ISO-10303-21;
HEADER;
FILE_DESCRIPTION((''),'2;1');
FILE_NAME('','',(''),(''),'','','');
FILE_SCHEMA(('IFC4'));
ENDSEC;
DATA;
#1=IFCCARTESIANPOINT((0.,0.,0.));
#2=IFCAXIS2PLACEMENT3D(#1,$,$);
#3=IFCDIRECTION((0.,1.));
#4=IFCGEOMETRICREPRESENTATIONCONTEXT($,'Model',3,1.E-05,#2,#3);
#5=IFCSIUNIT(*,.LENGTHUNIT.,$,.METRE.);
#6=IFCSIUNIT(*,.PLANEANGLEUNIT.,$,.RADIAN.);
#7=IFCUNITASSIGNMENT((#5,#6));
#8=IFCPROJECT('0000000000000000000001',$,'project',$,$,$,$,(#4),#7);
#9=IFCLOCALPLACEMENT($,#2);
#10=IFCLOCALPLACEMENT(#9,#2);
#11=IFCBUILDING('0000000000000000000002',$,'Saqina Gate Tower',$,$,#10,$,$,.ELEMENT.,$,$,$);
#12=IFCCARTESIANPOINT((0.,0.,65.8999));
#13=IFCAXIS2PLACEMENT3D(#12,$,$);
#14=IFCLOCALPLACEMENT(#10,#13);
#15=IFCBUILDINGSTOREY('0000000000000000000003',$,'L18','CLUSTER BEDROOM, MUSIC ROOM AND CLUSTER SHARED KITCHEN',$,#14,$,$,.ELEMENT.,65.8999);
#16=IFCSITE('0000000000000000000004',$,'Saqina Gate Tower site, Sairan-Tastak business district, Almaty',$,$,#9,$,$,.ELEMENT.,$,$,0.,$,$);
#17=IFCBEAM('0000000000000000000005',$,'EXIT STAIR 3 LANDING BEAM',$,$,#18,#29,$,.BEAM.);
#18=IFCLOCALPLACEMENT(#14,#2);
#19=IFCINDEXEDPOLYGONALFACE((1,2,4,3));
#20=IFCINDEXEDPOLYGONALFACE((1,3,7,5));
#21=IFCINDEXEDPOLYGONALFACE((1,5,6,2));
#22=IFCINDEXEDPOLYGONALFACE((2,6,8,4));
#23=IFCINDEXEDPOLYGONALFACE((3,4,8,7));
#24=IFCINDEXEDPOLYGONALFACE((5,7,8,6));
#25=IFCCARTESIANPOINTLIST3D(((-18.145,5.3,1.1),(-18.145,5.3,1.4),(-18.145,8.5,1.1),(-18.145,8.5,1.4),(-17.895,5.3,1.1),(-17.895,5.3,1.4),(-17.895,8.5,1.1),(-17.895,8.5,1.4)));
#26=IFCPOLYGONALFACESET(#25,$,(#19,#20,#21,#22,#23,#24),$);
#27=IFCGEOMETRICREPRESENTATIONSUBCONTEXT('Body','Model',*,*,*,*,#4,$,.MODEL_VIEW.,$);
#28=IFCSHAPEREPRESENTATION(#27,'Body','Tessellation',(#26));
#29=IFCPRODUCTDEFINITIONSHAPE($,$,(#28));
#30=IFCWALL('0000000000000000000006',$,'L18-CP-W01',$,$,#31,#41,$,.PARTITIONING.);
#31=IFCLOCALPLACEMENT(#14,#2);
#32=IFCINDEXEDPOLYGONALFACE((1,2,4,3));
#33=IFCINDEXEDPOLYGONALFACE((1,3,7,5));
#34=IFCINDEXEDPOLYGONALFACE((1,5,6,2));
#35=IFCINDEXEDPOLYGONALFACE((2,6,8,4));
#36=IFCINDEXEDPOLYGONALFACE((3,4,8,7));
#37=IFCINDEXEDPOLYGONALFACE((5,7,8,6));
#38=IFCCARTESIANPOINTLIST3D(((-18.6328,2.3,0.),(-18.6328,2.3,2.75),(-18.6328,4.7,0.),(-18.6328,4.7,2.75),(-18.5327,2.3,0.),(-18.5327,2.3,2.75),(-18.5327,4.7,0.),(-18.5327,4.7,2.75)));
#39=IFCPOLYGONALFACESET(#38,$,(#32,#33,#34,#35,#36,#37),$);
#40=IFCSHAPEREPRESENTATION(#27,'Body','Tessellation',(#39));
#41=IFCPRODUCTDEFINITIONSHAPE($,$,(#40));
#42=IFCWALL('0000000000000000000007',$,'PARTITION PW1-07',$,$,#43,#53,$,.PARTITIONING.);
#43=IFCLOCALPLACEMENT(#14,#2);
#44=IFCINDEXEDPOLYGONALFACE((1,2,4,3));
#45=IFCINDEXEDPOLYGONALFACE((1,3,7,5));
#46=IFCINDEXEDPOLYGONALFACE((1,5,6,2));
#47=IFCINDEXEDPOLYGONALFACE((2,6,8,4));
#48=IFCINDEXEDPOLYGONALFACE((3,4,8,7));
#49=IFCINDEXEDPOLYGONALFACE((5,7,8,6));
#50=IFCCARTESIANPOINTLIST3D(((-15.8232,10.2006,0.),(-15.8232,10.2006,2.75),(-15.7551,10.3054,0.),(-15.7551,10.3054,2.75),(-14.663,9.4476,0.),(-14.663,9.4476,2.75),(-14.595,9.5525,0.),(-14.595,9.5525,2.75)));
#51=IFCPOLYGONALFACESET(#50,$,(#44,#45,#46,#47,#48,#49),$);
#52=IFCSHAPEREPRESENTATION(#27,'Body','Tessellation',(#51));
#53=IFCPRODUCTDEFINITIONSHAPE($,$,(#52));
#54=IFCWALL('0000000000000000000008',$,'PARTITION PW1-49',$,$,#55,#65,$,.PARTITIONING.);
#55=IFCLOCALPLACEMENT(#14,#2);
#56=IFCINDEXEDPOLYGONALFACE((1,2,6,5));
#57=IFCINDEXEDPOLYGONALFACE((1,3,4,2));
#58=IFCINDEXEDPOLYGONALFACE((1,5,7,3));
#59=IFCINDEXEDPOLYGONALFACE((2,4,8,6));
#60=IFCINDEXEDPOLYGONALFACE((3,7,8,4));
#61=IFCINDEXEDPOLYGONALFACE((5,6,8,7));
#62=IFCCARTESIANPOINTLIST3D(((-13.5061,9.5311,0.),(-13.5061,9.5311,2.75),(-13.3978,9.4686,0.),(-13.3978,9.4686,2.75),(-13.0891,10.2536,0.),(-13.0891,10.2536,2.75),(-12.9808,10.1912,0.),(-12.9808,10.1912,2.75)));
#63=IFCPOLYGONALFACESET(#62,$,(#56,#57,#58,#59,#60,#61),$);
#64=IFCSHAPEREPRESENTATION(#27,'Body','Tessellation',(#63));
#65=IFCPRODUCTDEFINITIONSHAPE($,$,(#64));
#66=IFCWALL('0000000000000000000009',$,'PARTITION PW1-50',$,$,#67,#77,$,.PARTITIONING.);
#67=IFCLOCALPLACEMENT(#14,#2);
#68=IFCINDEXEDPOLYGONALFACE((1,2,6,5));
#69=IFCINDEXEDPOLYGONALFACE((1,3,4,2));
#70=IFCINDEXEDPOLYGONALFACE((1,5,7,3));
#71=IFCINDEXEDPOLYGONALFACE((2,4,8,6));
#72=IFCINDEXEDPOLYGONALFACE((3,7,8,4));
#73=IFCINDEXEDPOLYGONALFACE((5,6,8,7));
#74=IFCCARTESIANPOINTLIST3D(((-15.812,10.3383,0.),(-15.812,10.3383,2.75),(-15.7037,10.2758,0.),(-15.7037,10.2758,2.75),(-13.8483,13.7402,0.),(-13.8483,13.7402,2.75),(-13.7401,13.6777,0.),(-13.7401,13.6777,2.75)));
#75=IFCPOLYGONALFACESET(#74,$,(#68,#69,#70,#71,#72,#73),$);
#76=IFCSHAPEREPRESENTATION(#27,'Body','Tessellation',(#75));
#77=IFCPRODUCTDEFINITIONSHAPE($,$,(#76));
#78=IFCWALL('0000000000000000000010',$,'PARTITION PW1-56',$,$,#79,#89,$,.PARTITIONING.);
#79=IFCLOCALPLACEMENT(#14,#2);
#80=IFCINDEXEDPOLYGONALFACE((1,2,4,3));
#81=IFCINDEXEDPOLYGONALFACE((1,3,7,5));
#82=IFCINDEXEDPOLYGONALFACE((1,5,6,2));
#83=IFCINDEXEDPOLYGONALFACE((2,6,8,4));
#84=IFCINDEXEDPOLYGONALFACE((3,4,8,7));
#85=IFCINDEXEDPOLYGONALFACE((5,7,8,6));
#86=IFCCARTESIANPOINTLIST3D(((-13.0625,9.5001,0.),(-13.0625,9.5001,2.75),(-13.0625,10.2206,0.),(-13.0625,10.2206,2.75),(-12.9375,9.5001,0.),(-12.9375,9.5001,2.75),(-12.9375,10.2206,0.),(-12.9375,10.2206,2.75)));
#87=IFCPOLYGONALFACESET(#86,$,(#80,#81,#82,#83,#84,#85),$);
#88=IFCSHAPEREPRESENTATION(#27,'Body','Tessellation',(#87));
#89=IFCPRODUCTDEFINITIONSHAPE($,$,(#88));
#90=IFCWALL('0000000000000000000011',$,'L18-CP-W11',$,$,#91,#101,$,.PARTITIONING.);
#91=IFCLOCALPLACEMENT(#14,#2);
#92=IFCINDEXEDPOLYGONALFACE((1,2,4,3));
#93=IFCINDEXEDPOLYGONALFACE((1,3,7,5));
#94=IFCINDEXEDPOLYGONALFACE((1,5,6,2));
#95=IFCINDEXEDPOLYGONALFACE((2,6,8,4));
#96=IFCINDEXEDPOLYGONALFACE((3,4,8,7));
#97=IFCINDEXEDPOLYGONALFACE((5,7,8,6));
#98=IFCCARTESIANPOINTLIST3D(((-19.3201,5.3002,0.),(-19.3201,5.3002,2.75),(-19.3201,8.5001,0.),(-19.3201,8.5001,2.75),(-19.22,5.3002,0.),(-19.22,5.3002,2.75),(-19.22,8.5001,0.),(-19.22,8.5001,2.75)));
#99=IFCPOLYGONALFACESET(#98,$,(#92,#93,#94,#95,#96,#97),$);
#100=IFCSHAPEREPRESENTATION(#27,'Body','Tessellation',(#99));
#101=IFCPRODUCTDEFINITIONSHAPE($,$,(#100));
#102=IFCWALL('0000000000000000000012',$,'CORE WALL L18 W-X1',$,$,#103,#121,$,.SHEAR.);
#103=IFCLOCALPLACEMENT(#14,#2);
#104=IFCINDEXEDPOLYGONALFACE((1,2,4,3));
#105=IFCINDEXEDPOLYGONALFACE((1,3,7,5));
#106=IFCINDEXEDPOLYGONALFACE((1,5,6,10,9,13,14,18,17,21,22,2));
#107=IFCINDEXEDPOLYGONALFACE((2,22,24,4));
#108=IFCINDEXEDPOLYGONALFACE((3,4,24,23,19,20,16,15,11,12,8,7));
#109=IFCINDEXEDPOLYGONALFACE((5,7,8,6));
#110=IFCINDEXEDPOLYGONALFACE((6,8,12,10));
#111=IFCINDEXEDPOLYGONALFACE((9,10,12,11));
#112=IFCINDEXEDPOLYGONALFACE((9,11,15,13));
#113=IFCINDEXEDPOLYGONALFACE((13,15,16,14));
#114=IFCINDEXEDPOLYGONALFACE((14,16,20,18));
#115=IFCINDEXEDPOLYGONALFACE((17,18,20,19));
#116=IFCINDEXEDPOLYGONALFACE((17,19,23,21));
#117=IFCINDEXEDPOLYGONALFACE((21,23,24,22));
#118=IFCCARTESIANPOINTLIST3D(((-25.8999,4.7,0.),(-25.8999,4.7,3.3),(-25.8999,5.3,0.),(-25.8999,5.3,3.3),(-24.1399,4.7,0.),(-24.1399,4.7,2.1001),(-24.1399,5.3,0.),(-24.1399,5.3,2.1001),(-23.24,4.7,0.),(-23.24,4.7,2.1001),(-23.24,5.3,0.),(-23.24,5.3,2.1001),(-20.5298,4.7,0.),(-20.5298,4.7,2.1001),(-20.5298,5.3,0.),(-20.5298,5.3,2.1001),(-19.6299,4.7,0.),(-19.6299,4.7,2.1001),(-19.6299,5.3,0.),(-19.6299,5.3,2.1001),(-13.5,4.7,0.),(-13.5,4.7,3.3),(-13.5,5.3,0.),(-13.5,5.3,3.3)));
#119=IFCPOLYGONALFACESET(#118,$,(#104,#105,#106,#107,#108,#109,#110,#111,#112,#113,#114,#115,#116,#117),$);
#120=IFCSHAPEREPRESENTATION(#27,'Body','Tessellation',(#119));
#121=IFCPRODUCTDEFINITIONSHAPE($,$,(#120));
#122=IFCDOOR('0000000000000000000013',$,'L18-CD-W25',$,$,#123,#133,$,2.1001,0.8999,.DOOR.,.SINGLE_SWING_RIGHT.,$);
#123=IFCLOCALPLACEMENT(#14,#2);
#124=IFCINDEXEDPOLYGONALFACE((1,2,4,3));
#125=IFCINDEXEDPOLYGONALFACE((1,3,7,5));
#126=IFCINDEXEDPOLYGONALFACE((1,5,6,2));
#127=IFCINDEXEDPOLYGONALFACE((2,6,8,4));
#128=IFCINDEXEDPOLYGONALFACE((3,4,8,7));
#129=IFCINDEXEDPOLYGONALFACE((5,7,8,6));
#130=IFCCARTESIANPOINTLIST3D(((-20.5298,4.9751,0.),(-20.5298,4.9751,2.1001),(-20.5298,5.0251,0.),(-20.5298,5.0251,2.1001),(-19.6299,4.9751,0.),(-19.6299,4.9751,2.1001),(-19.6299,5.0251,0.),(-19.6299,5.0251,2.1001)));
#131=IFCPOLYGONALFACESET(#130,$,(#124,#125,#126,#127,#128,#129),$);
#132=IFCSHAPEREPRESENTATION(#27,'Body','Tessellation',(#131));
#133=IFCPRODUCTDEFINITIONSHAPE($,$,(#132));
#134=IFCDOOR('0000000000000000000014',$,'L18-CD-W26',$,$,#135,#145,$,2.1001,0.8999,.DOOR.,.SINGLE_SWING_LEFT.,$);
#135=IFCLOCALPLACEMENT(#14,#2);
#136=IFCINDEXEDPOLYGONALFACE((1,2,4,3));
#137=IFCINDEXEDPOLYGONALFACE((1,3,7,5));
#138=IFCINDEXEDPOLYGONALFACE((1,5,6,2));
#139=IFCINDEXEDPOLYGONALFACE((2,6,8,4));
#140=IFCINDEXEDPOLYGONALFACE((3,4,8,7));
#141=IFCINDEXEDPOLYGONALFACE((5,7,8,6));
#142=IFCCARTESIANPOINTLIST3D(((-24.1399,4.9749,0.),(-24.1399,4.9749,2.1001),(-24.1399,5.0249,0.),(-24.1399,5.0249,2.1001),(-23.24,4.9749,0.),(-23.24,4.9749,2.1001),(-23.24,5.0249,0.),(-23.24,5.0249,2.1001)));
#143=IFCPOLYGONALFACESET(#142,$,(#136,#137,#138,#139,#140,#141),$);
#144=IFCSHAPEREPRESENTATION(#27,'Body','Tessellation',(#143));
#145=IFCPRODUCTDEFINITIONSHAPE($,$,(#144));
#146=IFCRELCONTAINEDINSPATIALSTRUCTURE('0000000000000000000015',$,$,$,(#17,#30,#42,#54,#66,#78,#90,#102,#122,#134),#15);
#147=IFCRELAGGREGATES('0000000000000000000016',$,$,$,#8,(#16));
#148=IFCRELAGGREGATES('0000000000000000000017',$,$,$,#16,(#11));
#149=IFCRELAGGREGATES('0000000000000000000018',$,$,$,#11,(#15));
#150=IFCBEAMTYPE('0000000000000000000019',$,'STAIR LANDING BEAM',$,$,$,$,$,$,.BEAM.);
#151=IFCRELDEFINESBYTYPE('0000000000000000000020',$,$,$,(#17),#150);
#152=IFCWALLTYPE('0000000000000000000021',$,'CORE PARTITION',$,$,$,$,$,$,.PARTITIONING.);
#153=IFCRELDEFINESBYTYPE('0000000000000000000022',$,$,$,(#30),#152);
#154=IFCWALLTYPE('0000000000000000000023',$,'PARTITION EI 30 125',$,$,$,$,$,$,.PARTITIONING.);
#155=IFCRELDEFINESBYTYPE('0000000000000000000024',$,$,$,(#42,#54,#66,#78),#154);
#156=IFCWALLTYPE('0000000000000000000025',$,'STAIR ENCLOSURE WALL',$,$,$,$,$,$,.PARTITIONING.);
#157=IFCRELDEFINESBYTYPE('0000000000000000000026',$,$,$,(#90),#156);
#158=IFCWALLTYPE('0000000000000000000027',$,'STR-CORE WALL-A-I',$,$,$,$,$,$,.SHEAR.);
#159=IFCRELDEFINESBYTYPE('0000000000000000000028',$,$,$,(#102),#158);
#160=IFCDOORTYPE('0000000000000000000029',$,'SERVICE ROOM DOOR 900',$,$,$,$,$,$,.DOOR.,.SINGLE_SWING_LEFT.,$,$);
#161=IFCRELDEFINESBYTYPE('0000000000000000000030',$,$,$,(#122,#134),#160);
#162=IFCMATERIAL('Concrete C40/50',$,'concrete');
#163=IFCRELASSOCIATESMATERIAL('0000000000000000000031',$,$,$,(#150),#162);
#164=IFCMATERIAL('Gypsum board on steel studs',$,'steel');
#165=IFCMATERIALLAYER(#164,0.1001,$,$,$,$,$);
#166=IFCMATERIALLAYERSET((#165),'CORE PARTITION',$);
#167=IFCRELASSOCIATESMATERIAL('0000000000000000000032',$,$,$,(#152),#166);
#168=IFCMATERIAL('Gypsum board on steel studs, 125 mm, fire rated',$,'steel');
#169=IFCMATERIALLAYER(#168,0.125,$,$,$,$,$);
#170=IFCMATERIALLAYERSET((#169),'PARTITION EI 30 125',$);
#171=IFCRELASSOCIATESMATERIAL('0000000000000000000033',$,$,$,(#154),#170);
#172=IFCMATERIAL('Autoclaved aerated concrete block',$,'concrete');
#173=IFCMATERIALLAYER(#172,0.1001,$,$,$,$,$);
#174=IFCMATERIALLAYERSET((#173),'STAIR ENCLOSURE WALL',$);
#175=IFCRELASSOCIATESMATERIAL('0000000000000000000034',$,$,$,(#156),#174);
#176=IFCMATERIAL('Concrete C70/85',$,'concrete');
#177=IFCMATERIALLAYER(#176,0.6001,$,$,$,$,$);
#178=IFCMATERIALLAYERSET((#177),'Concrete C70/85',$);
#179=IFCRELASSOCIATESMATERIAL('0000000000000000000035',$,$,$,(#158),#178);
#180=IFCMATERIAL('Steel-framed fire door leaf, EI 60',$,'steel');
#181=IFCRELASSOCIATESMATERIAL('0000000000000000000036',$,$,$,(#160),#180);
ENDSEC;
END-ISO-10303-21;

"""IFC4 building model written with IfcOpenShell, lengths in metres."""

from ifc_helpers import new_model, si_unit, direction, frame, frame_2d, origin, origin_2d, place, context, subcontext, project, spatial, rectangle, extrude, material, layer, layer_set, material_profile, profile_set, type_object, element, fill, save


model = new_model("IFC4")

# Units and contexts
model_context = context("Model", 3, precision=1e-05, world=origin(), true_north=direction((0.0, 1.0)))
body_context = subcontext(model_context, "Body", "Model", "MODEL_VIEW")
ifc_project = project(units=[si_unit("LENGTHUNIT", "METRE"), si_unit("PLANEANGLEUNIT", "RADIAN")], contexts=[model_context])

# Site, building, storey
site_placement = place(None, origin())
site = spatial("IfcSite", under=ifc_project, at=site_placement, Name="Saqina Gate Tower site, Sairan-Tastak business district, Almaty", CompositionType="ELEMENT", RefElevation=0.0)
building_placement = place(site_placement, origin())
building = spatial("IfcBuilding", under=site, at=building_placement, Name="Saqina Gate Tower", CompositionType="ELEMENT")
storey_placement = place(building_placement, frame((0.0, 0.0, 65.8999)))
storey = spatial("IfcBuildingStorey", under=building, at=storey_placement, Name="L18", Description="CLUSTER BEDROOM, MUSIC ROOM AND CLUSTER SHARED KITCHEN", CompositionType="ELEMENT", Elevation=65.8999)

# Beam
ifc_material_1 = material(Name="Concrete C40/50", Category="concrete")
ifc_material_profile = material_profile(ifc_material_1, rectangle(XDim=0.25, YDim=0.3, at=origin_2d()), Name="STAIR LANDING BEAM")
ifc_profile_set = profile_set([ifc_material_profile], Name="Concrete C40/50")
beam_type = type_object("IfcBeamType", Name="STAIR LANDING BEAM", PredefinedType="BEAM", material=ifc_profile_set)
beam_placement = place(storey_placement, frame((-18.02, 5.3, 1.25), z_axis=(0.0, 1.0, 0.0), x_axis=(-1.0, 0.0, 0.0)))
element("IfcBeam", 1, at=beam_placement, inside=storey, type_object=beam_type, Name="EXIT STAIR 3 LANDING BEAM", PredefinedType="BEAM", context=body_context, shape_type="SweptSolid", body=[
    extrude(rectangle(XDim=0.25, YDim=0.3, at=origin_2d()), origin(), (0.0, 0.0, 1.0), 3.2),
])

# Walls
ifc_material_2 = material(Name="Gypsum board on steel studs", Category="steel")
ifc_layer_1 = layer(ifc_material_2, 0.1001)
ifc_layer_set_1 = layer_set([ifc_layer_1], Name="CORE PARTITION")
wall_type_1 = type_object("IfcWallType", Name="CORE PARTITION", PredefinedType="PARTITIONING", material=ifc_layer_set_1)
wall_1_placement = place(storey_placement, frame((-18.5828, 2.3, 0.0), z_axis=(0.0, 0.0, 1.0), x_axis=(0.0, 1.0, 0.0)))
element("IfcWall", 2, at=wall_1_placement, inside=storey, type_object=wall_type_1, Name="L18-CP-W01", PredefinedType="PARTITIONING", context=body_context, shape_type="SweptSolid", body=[
    extrude(rectangle(XDim=2.3999, YDim=0.1001, at=frame_2d((1.2, 0.0))), origin(), (0.0, 0.0, 1.0), 2.75),
])
ifc_material_3 = material(Name="Gypsum board on steel studs, 125 mm, fire rated", Category="steel")
ifc_layer_2 = layer(ifc_material_3, 0.125)
ifc_layer_set_2 = layer_set([ifc_layer_2], Name="PARTITION EI 30 125")
wall_type_2 = type_object("IfcWallType", Name="PARTITION EI 30 125", PredefinedType="PARTITIONING", material=ifc_layer_set_2)
wall_2_placement = place(storey_placement, frame((-15.7891, 10.2529, 0.0), z_axis=(0.0, 0.0, 1.0), x_axis=(0.838831, -0.544393, 0.0)))
element("IfcWall", 3, at=wall_2_placement, inside=storey, type_object=wall_type_2, Name="PARTITION PW1-07", PredefinedType="PARTITIONING", context=body_context, shape_type="SweptSolid", body=[
    extrude(rectangle(XDim=1.3831, YDim=0.125, at=frame_2d((0.6914, 0.0))), origin(), (0.0, 0.0, 1.0), 2.75),
])
wall_3_placement = place(storey_placement, frame((-13.4519, 9.5, 0.0), z_axis=(0.0, 0.0, 1.0), x_axis=(0.499917, 0.866073, 0.0)))
element("IfcWall", 4, at=wall_3_placement, inside=storey, type_object=wall_type_2, Name="PARTITION PW1-49", PredefinedType="PARTITIONING", context=body_context, shape_type="SweptSolid", body=[
    extrude(rectangle(XDim=0.8342, YDim=0.125, at=frame_2d((0.417, 0.0))), origin(), (0.0, 0.0, 1.0), 2.75),
])
wall_4_placement = place(storey_placement, frame((-15.7578, 10.3071, 0.0), z_axis=(0.0, 0.0, 1.0), x_axis=(0.499916, 0.866074, 0.0)))
element("IfcWall", 5, at=wall_4_placement, inside=storey, type_object=wall_type_2, Name="PARTITION PW1-50", PredefinedType="PARTITIONING", context=body_context, shape_type="SweptSolid", body=[
    extrude(rectangle(XDim=3.928, YDim=0.125, at=frame_2d((1.9639, 0.0))), origin(), (0.0, 0.0, 1.0), 2.75),
])
wall_5_placement = place(storey_placement, frame((-13.0, 9.5, 0.0), z_axis=(0.0, 0.0, 1.0), x_axis=(0.0, 1.0, 0.0)))
element("IfcWall", 6, at=wall_5_placement, inside=storey, type_object=wall_type_2, Name="PARTITION PW1-56", PredefinedType="PARTITIONING", context=body_context, shape_type="SweptSolid", body=[
    extrude(rectangle(XDim=0.7205, YDim=0.125, at=frame_2d((0.3604, 0.0))), origin(), (0.0, 0.0, 1.0), 2.75),
])
ifc_material_4 = material(Name="Autoclaved aerated concrete block", Category="concrete")
ifc_layer_3 = layer(ifc_material_4, 0.1001)
ifc_layer_set_3 = layer_set([ifc_layer_3], Name="STAIR ENCLOSURE WALL")
wall_type_3 = type_object("IfcWallType", Name="STAIR ENCLOSURE WALL", PredefinedType="PARTITIONING", material=ifc_layer_set_3)
wall_6_placement = place(storey_placement, frame((-19.27, 5.3, 0.0), z_axis=(0.0, 0.0, 1.0), x_axis=(0.0, 1.0, 0.0)))
element("IfcWall", 7, at=wall_6_placement, inside=storey, type_object=wall_type_3, Name="L18-CP-W11", PredefinedType="PARTITIONING", context=body_context, shape_type="SweptSolid", body=[
    extrude(rectangle(XDim=3.2, YDim=0.1001, at=frame_2d((1.6001, 0.0))), origin(), (0.0, 0.0, 1.0), 2.75),
])

# Wall, openings, doors
ifc_material_5 = material(Name="Concrete C70/85", Category="concrete")
ifc_layer_4 = layer(ifc_material_5, 0.6001)
ifc_layer_set_4 = layer_set([ifc_layer_4], Name="Concrete C70/85")
wall_type_4 = type_object("IfcWallType", Name="STR-CORE WALL-A-I", PredefinedType="SHEAR", material=ifc_layer_set_4)
wall_7_placement = place(storey_placement, frame((-13.5, 5.0, 0.0), z_axis=(0.0, 0.0, 1.0), x_axis=(-1.0, 0.0, 0.0)))
wall_7 = element("IfcWall", 8, at=wall_7_placement, inside=storey, type_object=wall_type_4, Name="CORE WALL L18 W-X1", PredefinedType="SHEAR", context=body_context, shape_type="SweptSolid", body=[
    extrude(rectangle(XDim=12.3999, YDim=0.6001, at=frame_2d((6.2, 0.0))), origin(), (0.0, 0.0, 1.0), 3.3),
])
opening_1_placement = place(wall_7_placement, frame((6.1299, 0.0, 0.0)))
opening_1 = element("IfcOpeningElement", 9, at=opening_1_placement, cuts=wall_7, PredefinedType="OPENING", context=body_context, shape_type="SweptSolid", body=[
    extrude(rectangle(XDim=0.8999, YDim=2.1001, at=frame_2d((0.45, 1.05))), frame((0.0, 0.312, 0.0), z_axis=(0.0, -1.0, 0.0), x_axis=(1.0, 0.0, 0.0)), (0.0, 0.0, 1.0), 0.624),
])
opening_2_placement = place(wall_7_placement, frame((9.74, 0.0, 0.0)))
opening_2 = element("IfcOpeningElement", 10, at=opening_2_placement, cuts=wall_7, PredefinedType="OPENING", context=body_context, shape_type="SweptSolid", body=[
    extrude(rectangle(XDim=0.8999, YDim=2.1001, at=frame_2d((0.45, 1.05))), frame((0.0, 0.312, 0.0), z_axis=(0.0, -1.0, 0.0), x_axis=(1.0, 0.0, 0.0)), (0.0, 0.0, 1.0), 0.624),
])
ifc_material_6 = material(Name="Steel-framed fire door leaf, EI 60", Category="steel")
door_type_1 = type_object("IfcDoorType", Name="SERVICE ROOM DOOR 900", OperationType="SINGLE_SWING_LEFT", PredefinedType="DOOR", material=ifc_material_6)
door_1_placement = place(opening_1_placement, origin())
door_1 = element("IfcDoor", 11, at=door_1_placement, inside=storey, type_object=door_type_1, Name="L18-CD-W25", OperationType="SINGLE_SWING_RIGHT", OverallHeight=2.1001, OverallWidth=0.8999, PredefinedType="DOOR", context=body_context, shape_type="SweptSolid", body=[
    extrude(rectangle(XDim=0.8999, YDim=2.1001, at=frame_2d((0.45, 1.05))), frame((0.0, 0.0249, 0.0), z_axis=(0.0, -1.0, 0.0), x_axis=(1.0, 0.0, 0.0)), (0.0, 0.0, 1.0), 0.05),
])
fill(opening_1, door_1)
door_2_placement = place(opening_2_placement, frame((0.8999, 0.0, 0.0), z_axis=(0.0, 0.0, 1.0), x_axis=(-1.0, 0.0, 0.0)))
door_2 = element("IfcDoor", 12, at=door_2_placement, inside=storey, type_object=door_type_1, Name="L18-CD-W26", OperationType="SINGLE_SWING_LEFT", OverallHeight=2.1001, OverallWidth=0.8999, PredefinedType="DOOR", context=body_context, shape_type="SweptSolid", body=[
    extrude(rectangle(XDim=0.8999, YDim=2.1001, at=frame_2d((0.45, 1.05))), frame((0.0, 0.0249, 0.0), z_axis=(0.0, -1.0, 0.0), x_axis=(1.0, 0.0, 0.0)), (0.0, 0.0, 1.0), 0.05),
])
fill(opening_2, door_2)

save(model, "model.ifc")
